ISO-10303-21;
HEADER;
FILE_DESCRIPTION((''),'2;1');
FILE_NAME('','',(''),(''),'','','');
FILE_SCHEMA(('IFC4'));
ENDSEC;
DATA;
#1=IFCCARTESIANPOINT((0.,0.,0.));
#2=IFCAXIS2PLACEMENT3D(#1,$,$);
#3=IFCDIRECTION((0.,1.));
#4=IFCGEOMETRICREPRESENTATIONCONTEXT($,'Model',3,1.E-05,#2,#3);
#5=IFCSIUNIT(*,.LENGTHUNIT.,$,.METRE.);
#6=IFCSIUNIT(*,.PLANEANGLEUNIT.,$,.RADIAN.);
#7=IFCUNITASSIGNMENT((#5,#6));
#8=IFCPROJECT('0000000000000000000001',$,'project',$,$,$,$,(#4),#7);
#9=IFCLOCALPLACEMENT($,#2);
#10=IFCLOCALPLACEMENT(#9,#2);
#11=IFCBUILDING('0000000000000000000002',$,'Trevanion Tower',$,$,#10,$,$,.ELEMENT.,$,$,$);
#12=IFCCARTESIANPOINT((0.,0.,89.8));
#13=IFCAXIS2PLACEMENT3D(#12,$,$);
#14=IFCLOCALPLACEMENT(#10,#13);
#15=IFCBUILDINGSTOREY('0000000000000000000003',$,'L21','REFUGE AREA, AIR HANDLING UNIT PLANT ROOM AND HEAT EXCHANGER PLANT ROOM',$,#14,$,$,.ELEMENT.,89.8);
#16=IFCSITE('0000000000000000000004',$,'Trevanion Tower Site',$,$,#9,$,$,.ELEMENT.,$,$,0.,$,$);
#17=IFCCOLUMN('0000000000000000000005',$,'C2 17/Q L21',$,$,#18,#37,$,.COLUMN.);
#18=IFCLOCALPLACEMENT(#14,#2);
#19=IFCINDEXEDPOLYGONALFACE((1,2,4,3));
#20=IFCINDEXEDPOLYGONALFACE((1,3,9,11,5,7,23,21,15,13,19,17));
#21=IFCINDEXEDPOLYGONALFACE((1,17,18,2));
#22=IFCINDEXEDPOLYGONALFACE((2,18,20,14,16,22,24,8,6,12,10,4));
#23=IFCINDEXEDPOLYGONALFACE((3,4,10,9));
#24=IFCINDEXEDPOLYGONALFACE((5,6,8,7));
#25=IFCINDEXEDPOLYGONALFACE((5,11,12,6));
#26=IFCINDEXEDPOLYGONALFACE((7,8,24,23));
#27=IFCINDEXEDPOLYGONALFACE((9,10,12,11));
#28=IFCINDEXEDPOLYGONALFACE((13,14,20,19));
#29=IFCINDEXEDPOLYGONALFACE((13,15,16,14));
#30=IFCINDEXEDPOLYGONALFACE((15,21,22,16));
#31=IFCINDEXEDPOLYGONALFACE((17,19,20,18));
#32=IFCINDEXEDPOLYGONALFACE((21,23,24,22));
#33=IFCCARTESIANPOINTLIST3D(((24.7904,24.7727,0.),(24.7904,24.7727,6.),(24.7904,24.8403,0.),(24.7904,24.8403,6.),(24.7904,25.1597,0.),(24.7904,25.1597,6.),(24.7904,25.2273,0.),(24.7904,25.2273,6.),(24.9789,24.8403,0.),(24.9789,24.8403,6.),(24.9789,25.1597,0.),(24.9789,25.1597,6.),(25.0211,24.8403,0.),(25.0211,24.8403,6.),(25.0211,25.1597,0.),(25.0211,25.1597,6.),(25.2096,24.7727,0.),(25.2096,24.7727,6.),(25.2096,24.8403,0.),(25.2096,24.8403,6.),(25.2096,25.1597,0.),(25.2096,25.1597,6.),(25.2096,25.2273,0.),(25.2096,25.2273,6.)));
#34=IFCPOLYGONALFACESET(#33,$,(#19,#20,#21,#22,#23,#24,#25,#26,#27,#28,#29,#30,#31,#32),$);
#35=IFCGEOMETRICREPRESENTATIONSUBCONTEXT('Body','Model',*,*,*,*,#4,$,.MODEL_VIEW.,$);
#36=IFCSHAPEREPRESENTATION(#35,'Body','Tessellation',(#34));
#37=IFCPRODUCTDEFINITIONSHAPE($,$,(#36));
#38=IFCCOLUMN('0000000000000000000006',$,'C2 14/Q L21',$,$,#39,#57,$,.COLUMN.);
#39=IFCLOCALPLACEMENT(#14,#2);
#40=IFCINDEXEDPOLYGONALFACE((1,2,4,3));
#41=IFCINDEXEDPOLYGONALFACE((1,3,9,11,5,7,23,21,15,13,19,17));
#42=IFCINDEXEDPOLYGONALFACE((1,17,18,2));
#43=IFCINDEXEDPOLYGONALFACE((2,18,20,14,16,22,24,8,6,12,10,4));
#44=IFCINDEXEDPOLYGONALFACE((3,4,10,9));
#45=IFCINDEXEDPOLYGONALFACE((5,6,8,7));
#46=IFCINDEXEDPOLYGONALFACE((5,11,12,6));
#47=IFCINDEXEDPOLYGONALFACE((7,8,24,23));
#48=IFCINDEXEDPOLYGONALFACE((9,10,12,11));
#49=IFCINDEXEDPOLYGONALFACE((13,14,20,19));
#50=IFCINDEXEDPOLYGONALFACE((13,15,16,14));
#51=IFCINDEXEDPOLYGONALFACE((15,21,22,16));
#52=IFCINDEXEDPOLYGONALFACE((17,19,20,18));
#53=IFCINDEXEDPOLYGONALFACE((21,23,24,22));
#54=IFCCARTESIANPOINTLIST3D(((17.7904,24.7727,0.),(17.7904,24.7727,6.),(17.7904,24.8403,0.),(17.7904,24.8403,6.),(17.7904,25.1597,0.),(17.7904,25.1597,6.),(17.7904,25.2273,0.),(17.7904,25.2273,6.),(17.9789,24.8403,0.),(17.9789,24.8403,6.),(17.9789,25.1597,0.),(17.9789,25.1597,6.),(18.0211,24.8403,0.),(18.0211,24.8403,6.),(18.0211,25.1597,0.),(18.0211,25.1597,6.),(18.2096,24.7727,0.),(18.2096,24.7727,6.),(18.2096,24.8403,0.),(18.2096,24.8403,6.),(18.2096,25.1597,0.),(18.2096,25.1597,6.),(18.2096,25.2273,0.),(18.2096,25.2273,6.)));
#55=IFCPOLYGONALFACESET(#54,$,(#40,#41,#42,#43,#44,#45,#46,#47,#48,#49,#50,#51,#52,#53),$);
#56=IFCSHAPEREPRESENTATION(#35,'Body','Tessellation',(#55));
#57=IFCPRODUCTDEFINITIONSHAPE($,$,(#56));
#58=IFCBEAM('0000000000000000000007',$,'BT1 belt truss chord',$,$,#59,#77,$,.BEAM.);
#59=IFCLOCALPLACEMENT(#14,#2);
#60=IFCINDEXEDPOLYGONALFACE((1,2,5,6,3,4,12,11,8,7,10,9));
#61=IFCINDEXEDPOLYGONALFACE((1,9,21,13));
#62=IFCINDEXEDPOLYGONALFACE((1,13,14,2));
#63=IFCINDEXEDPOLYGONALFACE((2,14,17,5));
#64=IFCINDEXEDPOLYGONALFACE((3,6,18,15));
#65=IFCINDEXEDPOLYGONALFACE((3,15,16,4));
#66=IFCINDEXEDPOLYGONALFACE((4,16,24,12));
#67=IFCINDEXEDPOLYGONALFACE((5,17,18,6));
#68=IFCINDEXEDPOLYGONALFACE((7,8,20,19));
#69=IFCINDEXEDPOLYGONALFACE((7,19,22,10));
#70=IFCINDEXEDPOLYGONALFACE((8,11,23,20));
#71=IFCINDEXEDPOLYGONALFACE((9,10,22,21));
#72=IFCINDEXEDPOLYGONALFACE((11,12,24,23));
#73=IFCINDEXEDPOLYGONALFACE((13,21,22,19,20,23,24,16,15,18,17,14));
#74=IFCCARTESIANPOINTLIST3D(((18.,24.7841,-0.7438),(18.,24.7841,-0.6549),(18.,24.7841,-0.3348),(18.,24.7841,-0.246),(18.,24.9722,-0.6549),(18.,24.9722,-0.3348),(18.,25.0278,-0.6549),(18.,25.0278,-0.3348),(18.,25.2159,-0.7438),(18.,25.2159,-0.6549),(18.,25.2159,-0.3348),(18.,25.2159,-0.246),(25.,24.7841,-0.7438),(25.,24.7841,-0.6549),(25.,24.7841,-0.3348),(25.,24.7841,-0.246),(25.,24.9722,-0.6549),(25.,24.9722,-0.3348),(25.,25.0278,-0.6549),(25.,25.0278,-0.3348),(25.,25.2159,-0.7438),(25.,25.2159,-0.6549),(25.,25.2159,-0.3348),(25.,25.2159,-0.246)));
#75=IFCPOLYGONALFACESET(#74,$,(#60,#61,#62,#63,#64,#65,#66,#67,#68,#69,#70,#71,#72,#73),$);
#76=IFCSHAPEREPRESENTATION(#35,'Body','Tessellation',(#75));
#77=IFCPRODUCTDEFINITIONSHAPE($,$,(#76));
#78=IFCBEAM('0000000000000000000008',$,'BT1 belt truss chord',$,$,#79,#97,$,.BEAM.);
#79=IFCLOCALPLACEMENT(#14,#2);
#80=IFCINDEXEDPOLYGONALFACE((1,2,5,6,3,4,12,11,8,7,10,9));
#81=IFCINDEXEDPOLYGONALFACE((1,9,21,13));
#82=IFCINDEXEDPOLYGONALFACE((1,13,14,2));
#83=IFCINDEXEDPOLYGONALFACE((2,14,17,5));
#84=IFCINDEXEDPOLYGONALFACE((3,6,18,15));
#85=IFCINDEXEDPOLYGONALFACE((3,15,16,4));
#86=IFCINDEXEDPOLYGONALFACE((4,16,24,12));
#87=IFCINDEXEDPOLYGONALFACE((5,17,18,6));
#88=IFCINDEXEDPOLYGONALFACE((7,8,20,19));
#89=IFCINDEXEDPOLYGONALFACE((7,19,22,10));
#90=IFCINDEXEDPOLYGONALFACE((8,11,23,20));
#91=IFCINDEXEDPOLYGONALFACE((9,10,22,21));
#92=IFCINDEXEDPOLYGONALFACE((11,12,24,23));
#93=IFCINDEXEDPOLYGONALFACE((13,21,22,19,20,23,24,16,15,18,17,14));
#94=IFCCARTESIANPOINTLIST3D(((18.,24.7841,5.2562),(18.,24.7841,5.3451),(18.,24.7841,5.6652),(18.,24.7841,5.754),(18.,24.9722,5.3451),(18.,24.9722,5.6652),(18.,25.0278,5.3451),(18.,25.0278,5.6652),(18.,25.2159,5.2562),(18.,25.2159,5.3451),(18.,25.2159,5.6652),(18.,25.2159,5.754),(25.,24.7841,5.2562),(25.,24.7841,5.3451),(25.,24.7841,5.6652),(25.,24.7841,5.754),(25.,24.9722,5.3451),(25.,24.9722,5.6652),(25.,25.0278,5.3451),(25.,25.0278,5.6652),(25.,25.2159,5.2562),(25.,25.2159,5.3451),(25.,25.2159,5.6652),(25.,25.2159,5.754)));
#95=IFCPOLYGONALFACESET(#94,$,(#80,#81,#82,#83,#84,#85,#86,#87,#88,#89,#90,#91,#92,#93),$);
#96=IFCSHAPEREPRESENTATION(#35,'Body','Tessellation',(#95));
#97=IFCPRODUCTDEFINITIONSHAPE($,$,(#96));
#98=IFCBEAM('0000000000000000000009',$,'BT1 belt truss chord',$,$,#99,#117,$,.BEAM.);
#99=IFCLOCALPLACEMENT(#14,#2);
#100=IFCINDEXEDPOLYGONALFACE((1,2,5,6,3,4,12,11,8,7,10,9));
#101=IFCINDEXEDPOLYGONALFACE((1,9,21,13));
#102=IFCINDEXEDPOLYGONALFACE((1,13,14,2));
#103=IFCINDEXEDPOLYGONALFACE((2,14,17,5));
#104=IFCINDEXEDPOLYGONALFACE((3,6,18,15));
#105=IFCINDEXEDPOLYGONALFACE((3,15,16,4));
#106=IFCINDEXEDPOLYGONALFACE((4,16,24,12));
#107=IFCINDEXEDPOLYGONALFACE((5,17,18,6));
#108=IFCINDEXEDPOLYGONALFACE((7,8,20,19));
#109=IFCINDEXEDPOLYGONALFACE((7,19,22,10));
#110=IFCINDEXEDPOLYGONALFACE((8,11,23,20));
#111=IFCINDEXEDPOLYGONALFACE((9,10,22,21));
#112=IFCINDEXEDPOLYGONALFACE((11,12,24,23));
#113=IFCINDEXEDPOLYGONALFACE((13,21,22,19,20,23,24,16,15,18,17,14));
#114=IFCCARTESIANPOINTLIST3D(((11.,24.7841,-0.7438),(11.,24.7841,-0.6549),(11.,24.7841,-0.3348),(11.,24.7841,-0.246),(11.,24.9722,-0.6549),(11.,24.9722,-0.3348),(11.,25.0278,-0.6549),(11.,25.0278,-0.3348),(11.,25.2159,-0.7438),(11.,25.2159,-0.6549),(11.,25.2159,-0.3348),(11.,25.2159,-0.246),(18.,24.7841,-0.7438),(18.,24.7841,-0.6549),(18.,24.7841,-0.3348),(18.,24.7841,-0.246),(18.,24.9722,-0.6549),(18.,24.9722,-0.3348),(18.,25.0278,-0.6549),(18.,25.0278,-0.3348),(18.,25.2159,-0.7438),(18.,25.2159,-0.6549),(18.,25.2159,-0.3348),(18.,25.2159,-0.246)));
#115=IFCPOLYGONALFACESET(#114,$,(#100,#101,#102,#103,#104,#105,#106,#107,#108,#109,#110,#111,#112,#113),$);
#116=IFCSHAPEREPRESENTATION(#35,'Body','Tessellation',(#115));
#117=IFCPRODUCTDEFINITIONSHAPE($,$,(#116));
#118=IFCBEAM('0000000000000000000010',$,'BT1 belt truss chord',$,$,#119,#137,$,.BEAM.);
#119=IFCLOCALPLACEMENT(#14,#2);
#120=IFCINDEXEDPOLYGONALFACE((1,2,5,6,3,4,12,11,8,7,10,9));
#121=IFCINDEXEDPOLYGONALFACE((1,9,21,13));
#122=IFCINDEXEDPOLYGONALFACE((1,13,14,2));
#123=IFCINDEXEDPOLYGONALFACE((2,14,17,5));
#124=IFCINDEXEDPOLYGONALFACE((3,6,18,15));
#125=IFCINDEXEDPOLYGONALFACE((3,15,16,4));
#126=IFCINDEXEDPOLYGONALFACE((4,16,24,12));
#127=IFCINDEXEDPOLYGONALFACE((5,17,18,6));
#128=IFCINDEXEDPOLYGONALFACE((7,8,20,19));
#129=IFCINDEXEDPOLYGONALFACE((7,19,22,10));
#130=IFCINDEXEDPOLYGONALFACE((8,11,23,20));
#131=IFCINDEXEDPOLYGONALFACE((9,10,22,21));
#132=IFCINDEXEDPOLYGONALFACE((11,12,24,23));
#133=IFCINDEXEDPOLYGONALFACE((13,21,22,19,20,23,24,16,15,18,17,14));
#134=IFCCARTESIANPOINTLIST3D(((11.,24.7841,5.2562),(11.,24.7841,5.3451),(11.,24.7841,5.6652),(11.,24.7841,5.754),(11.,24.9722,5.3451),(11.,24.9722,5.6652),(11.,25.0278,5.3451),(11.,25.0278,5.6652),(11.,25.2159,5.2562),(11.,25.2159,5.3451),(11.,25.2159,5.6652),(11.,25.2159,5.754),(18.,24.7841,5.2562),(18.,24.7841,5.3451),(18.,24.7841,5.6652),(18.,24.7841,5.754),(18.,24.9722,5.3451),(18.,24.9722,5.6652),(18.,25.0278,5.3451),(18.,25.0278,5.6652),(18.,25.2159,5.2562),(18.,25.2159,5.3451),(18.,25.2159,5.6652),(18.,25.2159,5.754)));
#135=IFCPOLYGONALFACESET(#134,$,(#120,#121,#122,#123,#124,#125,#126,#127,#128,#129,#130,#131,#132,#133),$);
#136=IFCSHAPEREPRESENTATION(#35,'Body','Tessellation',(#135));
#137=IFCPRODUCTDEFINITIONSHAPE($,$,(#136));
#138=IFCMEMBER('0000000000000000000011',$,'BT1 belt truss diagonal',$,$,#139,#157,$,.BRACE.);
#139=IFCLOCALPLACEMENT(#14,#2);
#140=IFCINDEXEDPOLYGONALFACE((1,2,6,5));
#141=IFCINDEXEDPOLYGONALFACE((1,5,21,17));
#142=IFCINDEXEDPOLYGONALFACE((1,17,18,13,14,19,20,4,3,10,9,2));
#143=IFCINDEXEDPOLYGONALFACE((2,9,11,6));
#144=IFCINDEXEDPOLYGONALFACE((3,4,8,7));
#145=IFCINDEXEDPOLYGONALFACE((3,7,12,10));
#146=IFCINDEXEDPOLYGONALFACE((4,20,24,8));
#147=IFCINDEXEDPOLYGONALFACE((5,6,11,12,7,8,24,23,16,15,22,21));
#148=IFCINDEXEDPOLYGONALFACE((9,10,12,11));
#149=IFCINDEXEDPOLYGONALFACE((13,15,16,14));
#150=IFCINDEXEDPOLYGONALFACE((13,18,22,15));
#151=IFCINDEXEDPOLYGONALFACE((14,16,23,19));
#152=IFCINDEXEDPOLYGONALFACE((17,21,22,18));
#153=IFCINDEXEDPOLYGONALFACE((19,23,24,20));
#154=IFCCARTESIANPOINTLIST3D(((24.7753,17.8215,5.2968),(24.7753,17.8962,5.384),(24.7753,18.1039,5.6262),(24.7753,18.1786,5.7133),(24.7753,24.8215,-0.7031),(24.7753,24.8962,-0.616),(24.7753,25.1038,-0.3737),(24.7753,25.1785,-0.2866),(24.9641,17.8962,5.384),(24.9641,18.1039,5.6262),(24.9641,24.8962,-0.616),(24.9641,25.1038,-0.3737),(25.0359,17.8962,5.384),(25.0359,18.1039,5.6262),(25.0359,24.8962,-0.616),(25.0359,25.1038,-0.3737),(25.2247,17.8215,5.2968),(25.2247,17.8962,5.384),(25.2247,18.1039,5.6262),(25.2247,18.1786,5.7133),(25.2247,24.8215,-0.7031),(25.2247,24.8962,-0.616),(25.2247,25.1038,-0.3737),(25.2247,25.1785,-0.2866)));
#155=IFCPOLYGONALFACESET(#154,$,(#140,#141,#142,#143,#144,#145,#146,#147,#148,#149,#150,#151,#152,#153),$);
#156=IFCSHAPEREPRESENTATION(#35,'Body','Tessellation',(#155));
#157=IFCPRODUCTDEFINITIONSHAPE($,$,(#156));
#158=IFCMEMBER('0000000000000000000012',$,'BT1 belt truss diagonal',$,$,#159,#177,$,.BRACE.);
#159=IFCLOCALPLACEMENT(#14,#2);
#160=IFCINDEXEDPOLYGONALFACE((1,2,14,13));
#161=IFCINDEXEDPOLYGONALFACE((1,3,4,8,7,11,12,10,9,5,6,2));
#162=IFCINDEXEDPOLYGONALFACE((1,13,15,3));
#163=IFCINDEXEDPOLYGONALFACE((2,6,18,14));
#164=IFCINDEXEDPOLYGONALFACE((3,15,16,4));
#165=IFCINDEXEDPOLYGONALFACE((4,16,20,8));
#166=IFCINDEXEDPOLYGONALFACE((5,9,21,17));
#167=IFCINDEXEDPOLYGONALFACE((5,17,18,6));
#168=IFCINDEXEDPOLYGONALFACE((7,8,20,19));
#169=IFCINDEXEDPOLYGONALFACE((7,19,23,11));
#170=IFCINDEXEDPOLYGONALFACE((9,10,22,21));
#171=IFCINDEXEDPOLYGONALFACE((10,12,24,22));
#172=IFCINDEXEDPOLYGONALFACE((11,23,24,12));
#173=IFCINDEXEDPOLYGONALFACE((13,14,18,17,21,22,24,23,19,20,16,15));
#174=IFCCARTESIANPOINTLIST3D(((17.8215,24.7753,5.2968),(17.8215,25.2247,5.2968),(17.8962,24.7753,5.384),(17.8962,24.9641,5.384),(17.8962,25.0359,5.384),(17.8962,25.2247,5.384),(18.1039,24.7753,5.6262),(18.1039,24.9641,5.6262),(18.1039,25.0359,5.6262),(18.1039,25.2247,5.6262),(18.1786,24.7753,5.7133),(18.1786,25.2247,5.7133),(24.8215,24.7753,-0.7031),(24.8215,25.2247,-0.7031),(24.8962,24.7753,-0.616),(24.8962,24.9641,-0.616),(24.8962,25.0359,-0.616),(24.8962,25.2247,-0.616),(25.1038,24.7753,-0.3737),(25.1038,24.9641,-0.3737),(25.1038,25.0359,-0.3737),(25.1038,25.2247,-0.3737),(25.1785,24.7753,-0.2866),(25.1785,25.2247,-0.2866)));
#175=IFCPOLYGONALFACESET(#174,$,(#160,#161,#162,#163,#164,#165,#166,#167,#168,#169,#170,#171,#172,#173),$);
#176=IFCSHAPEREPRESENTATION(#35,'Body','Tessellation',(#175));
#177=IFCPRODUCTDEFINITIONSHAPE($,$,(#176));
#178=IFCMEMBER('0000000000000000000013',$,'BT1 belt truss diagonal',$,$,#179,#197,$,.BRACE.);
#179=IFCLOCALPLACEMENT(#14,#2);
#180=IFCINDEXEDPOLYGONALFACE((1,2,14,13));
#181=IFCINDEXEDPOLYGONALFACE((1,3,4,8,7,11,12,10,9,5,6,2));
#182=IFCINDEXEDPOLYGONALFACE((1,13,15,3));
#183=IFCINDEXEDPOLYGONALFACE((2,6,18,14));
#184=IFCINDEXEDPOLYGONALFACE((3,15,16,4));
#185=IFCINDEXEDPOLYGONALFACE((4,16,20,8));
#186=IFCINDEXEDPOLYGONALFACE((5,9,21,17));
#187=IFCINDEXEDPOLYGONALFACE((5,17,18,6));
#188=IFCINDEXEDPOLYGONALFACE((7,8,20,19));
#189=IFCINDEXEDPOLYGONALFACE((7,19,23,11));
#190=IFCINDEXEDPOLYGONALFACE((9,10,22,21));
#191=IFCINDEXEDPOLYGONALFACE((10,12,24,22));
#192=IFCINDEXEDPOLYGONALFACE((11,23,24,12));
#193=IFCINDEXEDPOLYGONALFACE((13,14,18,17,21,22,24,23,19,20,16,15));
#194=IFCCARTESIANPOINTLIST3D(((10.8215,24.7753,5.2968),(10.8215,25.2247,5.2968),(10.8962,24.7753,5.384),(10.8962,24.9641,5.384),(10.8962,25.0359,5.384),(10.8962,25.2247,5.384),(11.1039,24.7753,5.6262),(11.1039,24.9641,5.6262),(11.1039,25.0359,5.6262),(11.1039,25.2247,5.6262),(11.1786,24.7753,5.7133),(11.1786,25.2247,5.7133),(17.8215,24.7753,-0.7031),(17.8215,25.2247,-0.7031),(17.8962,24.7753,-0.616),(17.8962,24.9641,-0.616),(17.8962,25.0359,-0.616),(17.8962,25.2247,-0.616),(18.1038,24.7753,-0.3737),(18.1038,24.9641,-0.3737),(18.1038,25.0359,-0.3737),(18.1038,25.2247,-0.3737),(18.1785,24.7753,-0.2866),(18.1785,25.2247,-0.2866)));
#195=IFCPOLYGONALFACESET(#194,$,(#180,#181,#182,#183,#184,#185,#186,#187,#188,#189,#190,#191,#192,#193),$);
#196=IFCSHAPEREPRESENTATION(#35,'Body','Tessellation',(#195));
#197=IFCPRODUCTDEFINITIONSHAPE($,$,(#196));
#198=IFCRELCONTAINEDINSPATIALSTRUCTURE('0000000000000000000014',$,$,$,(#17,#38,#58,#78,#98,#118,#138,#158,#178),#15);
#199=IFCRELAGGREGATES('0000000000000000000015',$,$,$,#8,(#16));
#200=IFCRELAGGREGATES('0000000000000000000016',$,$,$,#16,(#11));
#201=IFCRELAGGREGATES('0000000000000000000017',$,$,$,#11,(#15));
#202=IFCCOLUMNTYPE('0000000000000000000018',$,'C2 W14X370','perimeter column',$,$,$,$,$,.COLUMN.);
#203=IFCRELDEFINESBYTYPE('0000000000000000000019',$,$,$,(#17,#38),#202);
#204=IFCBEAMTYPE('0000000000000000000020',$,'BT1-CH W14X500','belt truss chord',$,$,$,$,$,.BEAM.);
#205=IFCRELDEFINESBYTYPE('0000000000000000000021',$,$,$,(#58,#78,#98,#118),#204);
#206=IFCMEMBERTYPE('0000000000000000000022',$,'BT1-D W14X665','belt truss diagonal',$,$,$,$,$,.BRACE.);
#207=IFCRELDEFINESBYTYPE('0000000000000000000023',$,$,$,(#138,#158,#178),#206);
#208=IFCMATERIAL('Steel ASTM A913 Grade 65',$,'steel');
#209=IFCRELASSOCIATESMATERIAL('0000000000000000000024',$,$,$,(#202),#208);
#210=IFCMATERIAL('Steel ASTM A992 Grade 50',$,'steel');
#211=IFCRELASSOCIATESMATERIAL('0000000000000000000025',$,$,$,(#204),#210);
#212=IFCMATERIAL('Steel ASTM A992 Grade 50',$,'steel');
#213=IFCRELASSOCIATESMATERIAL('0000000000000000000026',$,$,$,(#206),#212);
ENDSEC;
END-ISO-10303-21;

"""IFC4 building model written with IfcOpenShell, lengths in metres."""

from ifc_helpers import new_model, si_unit, direction, frame, origin, origin_2d, place, context, subcontext, project, spatial, i_section, extrude, material, material_profile, profile_set, type_object, element, save


model = new_model("IFC4")

# Units and contexts
model_context = context("Model", 3, precision=1e-05, world=origin(), true_north=direction((0.0, 1.0)))
body_context = subcontext(model_context, "Body", "Model", "MODEL_VIEW")
ifc_project = project(units=[si_unit("LENGTHUNIT", "METRE"), si_unit("PLANEANGLEUNIT", "RADIAN")], contexts=[model_context])

# Site, building, storey
site_placement = place(None, origin())
site = spatial("IfcSite", under=ifc_project, at=site_placement, Name="Trevanion Tower Site", CompositionType="ELEMENT", RefElevation=0.0)
building_placement = place(site_placement, origin())
building = spatial("IfcBuilding", under=site, at=building_placement, Name="Trevanion Tower", CompositionType="ELEMENT")
storey_placement = place(building_placement, frame((0.0, 0.0, 89.8)))
storey = spatial("IfcBuildingStorey", under=building, at=storey_placement, Name="L21", Description="REFUGE AREA, AIR HANDLING UNIT PLANT ROOM AND HEAT EXCHANGER PLANT ROOM", CompositionType="ELEMENT", Elevation=89.8)

# Columns
ifc_material_1 = material(Name="Steel ASTM A913 Grade 65", Category="steel")
ifc_material_profile_1 = material_profile(ifc_material_1, i_section(OverallWidth=0.4192, OverallDepth=0.4546, WebThickness=0.0422, FlangeThickness=0.0676, at=origin_2d()), Name="W14X370")
ifc_profile_set_1 = profile_set([ifc_material_profile_1], Name="Steel ASTM A913 Grade 65")
column_type = type_object("IfcColumnType", Name="C2 W14X370", Description="perimeter column", PredefinedType="COLUMN", material=ifc_profile_set_1)
for number, where, z_axis, x_axis, name in (
    (1, (25.0, 25.0, 0.0), (0.0, 0.0, 1.0), (1.0, 0.0, 0.0), "C2 17/Q L21"),
    (2, (18.0, 25.0, 0.0), (0.0, 0.0, 1.0), (1.0, 0.0, 0.0), "C2 14/Q L21"),
):
    element("IfcColumn", number, at=place(storey_placement, frame(where, z_axis=z_axis, x_axis=x_axis)), inside=storey, type_object=column_type, Name=name, PredefinedType="COLUMN", context=body_context, shape_type="SweptSolid", body=[
        extrude(i_section(OverallWidth=0.4192, OverallDepth=0.4546, WebThickness=0.0422, FlangeThickness=0.0676, at=origin_2d()), origin(), (0.0, 0.0, 1.0), 6.0),
    ])

# Beams
ifc_material_2 = material(Name="Steel ASTM A992 Grade 50", Category="steel")
ifc_material_profile_2 = material_profile(ifc_material_2, i_section(OverallWidth=0.4319, OverallDepth=0.4978, WebThickness=0.0557, FlangeThickness=0.0889, at=origin_2d()), Name="W14X500")
ifc_profile_set_2 = profile_set([ifc_material_profile_2], Name="Steel ASTM A992 Grade 50")
beam_type = type_object("IfcBeamType", Name="BT1-CH W14X500", Description="belt truss chord", PredefinedType="BEAM", material=ifc_profile_set_2)
for number, where, z_axis, x_axis, name in (
    (3, (25.0, 25.0, -0.4949), (-1.0, 0.0, 0.0), (0.0, -1.0, 0.0), "BT1 belt truss chord"),
    (4, (25.0, 25.0, 5.5051), (-1.0, 0.0, 0.0), (0.0, -1.0, 0.0), "BT1 belt truss chord"),
    (5, (18.0, 25.0, -0.4949), (-1.0, 0.0, 0.0), (0.0, -1.0, 0.0), "BT1 belt truss chord"),
    (6, (18.0, 25.0, 5.5051), (-1.0, 0.0, 0.0), (0.0, -1.0, 0.0), "BT1 belt truss chord"),
):
    element("IfcBeam", number, at=place(storey_placement, frame(where, z_axis=z_axis, x_axis=x_axis)), inside=storey, type_object=beam_type, Name=name, PredefinedType="BEAM", context=body_context, shape_type="SweptSolid", body=[
        extrude(i_section(OverallWidth=0.4319, OverallDepth=0.4978, WebThickness=0.0557, FlangeThickness=0.0889, at=origin_2d()), origin(), (0.0, 0.0, 1.0), 7.0),
    ])

# Members
ifc_material_3 = material(Name="Steel ASTM A992 Grade 50", Category="steel")
ifc_material_profile_3 = material_profile(ifc_material_3, i_section(OverallWidth=0.4495, OverallDepth=0.5486, WebThickness=0.0718, FlangeThickness=0.1147, at=origin_2d()), Name="W14X665")
ifc_profile_set_3 = profile_set([ifc_material_profile_3], Name="Steel ASTM A992 Grade 50")
member_type_1 = type_object("IfcMemberType", Name="BT1-D W14X665", Description="belt truss diagonal", PredefinedType="BRACE", material=ifc_profile_set_3)
for number, where, z_axis, x_axis, name in (
    (7, (25.0, 25.0, -0.4949), (0.0, -0.759257, 0.650791), (1.0, 0.0, 0.0), "BT1 belt truss diagonal"),
    (8, (25.0, 25.0, -0.4949), (-0.759257, 0.0, 0.650791), (0.0, -1.0, 0.0), "BT1 belt truss diagonal"),
    (9, (18.0, 25.0, -0.4949), (-0.759257, 0.0, 0.650791), (0.0, -1.0, 0.0), "BT1 belt truss diagonal"),
):
    element("IfcMember", number, at=place(storey_placement, frame(where, z_axis=z_axis, x_axis=x_axis)), inside=storey, type_object=member_type_1, Name=name, PredefinedType="BRACE", context=body_context, shape_type="SweptSolid", body=[
        extrude(i_section(OverallWidth=0.4495, OverallDepth=0.5486, WebThickness=0.0718, FlangeThickness=0.1147, at=origin_2d()), origin(), (0.0, 0.0, 1.0), 9.2195),
    ])

save(model, "model.ifc")
